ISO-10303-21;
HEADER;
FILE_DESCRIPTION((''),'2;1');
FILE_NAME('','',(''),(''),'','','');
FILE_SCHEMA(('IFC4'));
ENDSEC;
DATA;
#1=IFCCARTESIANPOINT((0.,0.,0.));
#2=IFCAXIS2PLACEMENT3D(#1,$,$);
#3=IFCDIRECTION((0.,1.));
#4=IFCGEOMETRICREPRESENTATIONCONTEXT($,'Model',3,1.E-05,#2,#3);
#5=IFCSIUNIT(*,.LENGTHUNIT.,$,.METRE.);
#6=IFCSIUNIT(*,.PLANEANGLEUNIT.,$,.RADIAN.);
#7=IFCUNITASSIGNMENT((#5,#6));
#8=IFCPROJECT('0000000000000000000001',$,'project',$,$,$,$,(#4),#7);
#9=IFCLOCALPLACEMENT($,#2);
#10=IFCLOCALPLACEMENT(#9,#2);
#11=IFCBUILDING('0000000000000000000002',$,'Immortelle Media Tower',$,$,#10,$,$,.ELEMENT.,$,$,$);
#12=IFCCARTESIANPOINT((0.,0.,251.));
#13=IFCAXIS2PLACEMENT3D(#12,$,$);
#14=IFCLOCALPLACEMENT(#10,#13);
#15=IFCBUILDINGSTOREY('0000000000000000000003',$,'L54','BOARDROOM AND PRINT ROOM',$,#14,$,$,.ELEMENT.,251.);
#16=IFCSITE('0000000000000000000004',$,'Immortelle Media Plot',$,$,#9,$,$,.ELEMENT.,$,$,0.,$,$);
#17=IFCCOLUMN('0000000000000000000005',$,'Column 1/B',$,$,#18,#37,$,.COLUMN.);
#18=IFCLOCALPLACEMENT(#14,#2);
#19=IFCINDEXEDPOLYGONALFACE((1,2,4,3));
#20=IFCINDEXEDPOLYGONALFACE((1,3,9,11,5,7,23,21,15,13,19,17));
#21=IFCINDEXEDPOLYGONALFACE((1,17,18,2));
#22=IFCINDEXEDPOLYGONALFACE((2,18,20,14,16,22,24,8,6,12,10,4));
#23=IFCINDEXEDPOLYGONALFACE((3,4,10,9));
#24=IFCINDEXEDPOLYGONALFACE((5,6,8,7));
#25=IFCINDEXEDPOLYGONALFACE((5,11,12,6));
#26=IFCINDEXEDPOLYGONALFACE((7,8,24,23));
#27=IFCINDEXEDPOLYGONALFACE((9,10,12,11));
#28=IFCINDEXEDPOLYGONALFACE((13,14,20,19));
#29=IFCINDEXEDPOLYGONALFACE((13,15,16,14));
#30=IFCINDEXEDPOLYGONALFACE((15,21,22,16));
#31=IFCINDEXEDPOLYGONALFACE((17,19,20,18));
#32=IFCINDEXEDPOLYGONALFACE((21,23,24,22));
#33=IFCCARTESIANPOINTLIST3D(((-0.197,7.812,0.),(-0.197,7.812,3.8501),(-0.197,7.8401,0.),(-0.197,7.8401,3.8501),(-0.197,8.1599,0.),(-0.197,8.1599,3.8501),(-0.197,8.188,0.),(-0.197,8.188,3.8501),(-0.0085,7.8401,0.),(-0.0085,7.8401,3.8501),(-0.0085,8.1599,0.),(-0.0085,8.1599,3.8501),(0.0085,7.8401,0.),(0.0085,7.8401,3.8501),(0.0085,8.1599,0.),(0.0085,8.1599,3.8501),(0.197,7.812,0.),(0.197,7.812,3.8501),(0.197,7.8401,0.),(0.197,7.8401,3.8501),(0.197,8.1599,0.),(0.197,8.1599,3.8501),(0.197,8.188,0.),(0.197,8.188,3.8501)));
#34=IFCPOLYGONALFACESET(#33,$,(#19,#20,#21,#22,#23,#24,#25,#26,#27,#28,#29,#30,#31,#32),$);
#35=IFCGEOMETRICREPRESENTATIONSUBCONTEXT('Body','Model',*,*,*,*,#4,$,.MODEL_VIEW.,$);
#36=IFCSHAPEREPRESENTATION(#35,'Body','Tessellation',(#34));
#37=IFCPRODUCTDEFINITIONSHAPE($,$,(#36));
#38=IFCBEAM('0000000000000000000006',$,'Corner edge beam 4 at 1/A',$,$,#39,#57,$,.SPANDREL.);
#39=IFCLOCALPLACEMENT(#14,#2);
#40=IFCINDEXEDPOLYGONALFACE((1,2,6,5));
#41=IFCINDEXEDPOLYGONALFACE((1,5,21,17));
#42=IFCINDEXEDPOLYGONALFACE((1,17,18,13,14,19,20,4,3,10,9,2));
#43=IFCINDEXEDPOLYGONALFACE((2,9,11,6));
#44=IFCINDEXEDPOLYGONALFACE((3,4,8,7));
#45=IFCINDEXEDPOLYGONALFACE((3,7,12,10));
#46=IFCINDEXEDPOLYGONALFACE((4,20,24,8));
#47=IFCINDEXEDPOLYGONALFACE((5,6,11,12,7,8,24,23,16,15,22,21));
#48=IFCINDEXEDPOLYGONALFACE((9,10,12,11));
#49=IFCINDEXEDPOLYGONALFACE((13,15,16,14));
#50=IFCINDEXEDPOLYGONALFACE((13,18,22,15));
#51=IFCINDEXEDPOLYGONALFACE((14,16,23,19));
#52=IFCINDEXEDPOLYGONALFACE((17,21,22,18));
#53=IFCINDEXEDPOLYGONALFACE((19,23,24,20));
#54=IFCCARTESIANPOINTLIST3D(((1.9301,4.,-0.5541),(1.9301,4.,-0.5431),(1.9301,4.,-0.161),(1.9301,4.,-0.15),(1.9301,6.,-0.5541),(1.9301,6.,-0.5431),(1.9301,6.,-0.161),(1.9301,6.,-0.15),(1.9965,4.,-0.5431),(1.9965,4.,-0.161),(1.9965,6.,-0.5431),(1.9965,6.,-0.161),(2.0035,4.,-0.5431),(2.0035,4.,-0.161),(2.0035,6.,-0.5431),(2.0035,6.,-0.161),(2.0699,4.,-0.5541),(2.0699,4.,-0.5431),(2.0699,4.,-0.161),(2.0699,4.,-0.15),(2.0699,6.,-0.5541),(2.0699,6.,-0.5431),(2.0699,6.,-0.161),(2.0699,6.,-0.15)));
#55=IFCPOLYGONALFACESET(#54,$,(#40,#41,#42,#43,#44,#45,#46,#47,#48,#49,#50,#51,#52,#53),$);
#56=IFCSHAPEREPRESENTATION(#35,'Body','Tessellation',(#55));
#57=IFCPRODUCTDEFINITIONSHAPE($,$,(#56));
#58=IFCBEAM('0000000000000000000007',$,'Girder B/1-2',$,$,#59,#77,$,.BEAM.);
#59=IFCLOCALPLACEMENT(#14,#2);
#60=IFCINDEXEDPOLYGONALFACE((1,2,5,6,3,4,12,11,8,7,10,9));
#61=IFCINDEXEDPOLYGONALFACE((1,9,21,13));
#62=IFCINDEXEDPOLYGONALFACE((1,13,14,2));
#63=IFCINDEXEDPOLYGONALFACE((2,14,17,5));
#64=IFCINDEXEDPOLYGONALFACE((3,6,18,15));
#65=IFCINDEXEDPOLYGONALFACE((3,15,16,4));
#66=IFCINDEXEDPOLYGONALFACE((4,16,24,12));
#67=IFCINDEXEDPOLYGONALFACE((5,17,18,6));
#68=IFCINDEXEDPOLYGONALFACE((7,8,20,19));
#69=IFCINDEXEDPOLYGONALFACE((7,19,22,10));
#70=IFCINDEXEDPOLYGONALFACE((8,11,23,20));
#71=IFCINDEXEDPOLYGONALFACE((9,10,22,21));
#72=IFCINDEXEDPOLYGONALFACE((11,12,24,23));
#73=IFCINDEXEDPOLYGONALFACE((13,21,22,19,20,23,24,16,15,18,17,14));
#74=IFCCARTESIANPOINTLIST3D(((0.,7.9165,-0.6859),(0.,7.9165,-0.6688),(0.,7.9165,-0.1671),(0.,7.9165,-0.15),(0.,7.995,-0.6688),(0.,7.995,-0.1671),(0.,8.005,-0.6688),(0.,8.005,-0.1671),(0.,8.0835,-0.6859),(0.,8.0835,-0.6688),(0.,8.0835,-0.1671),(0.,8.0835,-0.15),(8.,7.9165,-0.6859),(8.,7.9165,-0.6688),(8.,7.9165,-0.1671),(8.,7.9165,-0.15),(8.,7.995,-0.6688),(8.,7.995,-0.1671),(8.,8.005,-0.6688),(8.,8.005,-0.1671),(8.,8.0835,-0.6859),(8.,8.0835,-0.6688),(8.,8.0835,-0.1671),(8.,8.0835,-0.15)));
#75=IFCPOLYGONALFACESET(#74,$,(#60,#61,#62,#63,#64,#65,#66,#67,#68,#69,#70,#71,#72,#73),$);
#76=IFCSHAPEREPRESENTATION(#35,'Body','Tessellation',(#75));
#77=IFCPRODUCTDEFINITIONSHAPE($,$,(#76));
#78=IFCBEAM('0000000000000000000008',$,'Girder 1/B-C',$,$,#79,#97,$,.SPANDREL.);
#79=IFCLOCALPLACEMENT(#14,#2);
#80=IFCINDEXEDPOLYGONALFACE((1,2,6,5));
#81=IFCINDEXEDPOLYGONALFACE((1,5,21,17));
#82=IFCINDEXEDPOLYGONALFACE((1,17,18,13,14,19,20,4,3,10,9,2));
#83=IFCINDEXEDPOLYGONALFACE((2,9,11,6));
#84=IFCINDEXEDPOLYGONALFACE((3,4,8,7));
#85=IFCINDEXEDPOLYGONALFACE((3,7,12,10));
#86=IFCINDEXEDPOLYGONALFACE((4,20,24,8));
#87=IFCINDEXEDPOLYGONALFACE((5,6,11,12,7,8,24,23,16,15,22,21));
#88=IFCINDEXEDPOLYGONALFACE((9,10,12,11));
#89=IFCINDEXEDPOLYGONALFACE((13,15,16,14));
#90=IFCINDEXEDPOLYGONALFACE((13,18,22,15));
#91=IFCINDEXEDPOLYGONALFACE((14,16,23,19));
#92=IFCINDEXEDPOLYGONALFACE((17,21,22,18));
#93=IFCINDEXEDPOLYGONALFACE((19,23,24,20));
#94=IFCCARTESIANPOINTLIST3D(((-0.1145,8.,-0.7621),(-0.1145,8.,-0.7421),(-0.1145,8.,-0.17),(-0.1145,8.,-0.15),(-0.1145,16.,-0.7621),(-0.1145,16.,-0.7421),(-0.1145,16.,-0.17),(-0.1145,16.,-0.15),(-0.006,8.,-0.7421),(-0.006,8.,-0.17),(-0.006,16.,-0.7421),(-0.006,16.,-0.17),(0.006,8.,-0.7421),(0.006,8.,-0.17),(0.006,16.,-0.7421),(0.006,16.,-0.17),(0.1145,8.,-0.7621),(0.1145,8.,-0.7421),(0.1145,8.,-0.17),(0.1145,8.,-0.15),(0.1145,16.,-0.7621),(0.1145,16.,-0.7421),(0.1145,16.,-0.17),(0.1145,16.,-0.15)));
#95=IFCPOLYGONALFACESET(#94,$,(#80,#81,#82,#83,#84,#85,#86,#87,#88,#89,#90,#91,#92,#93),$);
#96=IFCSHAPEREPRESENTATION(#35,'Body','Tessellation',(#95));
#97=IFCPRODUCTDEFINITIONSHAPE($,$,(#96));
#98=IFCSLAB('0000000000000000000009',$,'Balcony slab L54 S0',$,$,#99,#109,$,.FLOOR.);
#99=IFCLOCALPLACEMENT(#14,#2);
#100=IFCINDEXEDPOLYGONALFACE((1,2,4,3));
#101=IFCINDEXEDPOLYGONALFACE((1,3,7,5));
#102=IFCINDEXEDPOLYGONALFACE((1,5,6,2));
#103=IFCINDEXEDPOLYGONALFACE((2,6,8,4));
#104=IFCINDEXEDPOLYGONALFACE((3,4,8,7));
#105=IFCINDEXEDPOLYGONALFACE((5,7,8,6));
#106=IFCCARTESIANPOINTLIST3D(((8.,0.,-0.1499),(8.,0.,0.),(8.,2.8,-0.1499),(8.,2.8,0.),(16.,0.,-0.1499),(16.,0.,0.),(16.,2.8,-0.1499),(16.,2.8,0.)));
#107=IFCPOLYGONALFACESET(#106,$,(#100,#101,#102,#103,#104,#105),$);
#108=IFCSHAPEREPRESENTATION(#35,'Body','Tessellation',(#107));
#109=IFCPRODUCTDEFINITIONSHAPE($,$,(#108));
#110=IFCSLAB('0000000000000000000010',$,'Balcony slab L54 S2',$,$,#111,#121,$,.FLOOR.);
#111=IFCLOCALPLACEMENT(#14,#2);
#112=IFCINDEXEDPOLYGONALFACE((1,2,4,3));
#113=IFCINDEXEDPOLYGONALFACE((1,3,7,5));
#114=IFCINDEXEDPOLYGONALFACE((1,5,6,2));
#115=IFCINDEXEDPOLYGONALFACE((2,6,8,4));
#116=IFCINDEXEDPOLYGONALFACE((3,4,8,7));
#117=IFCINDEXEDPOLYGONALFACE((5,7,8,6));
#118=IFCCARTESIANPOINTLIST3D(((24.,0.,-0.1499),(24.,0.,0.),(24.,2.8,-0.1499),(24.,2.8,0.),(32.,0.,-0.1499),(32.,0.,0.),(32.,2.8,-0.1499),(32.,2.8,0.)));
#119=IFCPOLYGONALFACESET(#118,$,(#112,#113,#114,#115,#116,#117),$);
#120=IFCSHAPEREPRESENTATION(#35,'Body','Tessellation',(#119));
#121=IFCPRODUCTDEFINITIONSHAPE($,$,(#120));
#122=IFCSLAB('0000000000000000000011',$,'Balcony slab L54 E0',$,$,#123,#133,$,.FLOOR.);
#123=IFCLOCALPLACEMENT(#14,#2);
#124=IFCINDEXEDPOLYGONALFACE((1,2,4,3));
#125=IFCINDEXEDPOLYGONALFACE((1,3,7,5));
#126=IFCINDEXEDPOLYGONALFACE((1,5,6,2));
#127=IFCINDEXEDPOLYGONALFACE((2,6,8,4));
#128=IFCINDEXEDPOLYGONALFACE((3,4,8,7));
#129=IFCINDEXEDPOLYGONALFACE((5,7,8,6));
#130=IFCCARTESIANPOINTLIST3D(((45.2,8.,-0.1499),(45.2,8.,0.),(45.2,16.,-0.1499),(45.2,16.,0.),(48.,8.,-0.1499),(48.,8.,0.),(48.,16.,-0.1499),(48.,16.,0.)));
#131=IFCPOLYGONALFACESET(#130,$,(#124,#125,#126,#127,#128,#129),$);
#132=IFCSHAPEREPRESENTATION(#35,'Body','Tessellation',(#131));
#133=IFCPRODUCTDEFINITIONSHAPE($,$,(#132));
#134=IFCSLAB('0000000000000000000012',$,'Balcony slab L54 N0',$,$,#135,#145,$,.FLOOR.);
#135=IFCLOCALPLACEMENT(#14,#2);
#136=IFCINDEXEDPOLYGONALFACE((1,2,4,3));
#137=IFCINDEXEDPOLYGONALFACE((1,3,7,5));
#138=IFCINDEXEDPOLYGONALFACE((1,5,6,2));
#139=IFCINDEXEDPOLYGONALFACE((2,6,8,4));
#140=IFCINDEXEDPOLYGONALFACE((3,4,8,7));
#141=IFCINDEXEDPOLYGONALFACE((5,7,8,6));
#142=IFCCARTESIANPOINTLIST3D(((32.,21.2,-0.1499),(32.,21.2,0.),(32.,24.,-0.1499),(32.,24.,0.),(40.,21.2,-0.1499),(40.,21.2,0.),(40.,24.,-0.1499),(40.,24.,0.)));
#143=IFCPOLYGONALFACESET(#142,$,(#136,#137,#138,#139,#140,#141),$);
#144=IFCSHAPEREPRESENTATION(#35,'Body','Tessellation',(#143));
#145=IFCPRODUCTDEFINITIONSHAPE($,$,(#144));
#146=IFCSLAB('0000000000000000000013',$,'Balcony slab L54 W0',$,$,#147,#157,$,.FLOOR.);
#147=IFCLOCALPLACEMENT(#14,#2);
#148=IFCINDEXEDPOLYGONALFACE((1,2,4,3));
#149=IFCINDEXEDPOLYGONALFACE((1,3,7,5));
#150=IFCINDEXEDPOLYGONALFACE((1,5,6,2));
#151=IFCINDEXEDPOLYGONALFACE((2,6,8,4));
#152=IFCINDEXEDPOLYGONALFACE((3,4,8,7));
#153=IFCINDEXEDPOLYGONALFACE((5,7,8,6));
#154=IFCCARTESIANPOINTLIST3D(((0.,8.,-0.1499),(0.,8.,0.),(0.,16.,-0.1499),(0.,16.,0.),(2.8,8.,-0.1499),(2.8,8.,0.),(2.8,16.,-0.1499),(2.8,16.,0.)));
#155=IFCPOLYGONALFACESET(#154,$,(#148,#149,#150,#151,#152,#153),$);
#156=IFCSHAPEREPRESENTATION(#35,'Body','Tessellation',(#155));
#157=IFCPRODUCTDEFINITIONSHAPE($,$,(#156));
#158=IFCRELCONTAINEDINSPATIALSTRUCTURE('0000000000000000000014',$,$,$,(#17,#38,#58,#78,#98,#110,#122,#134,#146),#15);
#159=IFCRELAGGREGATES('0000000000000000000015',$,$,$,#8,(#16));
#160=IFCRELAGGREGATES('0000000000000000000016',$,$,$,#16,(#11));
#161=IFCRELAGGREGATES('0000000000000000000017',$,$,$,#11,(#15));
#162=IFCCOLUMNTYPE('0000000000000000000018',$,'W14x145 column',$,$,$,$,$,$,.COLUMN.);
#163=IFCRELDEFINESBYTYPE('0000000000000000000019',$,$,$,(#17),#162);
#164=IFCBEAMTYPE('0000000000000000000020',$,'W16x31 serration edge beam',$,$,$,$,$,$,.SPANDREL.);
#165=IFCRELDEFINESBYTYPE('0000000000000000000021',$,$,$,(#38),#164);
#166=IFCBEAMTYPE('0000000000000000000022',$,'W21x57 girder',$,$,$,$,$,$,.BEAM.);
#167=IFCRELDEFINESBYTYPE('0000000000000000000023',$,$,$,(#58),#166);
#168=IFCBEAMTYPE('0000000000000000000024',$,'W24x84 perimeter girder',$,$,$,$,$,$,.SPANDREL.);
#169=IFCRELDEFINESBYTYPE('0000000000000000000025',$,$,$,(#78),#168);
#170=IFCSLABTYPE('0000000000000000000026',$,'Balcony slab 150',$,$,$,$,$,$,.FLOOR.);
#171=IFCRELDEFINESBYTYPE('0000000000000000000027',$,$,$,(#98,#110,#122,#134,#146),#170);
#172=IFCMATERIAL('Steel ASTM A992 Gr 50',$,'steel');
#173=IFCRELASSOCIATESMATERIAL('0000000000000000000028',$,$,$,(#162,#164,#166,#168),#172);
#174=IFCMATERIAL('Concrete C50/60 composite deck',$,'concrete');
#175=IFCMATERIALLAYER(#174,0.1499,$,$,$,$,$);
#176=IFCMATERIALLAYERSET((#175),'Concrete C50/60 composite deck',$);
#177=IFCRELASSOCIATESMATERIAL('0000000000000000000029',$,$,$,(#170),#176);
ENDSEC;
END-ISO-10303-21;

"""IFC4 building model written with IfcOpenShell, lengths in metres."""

from ifc_helpers import new_model, si_unit, direction, frame, origin, origin_2d, place, context, subcontext, project, spatial, polyline, i_section, outline, extrude, material, layer, layer_set, material_profile, profile_set, type_object, element, save


model = new_model("IFC4")

# Units and contexts
model_context = context("Model", 3, precision=1e-05, world=origin(), true_north=direction((0.0, 1.0)))
body_context = subcontext(model_context, "Body", "Model", "MODEL_VIEW")
ifc_project = project(units=[si_unit("LENGTHUNIT", "METRE"), si_unit("PLANEANGLEUNIT", "RADIAN")], contexts=[model_context])

# Site, building, storey
site_placement = place(None, origin())
site = spatial("IfcSite", under=ifc_project, at=site_placement, Name="Immortelle Media Plot", CompositionType="ELEMENT", RefElevation=0.0)
building_placement = place(site_placement, origin())
building = spatial("IfcBuilding", under=site, at=building_placement, Name="Immortelle Media Tower", CompositionType="ELEMENT")
storey_placement = place(building_placement, frame((0.0, 0.0, 251.0)))
storey = spatial("IfcBuildingStorey", under=building, at=storey_placement, Name="L54", Description="BOARDROOM AND PRINT ROOM", CompositionType="ELEMENT", Elevation=251.0)

# Column
ifc_material_1 = material(Name="Steel ASTM A992 Gr 50", Category="steel")
ifc_material_profile_1 = material_profile(ifc_material_1, i_section(OverallWidth=0.394, OverallDepth=0.376, WebThickness=0.0171, FlangeThickness=0.0281, at=origin_2d()), Name="W14x145")
ifc_profile_set_1 = profile_set([ifc_material_profile_1], Name="Steel ASTM A992 Gr 50")
column_type = type_object("IfcColumnType", Name="W14x145 column", PredefinedType="COLUMN", material=ifc_profile_set_1)
column_placement = place(storey_placement, frame((0.0, 8.0, 0.0), z_axis=(0.0, 0.0, 1.0), x_axis=(1.0, 0.0, 0.0)))
element("IfcColumn", 1, at=column_placement, inside=storey, type_object=column_type, Name="Column 1/B", PredefinedType="COLUMN", context=body_context, shape_type="SweptSolid", body=[
    extrude(i_section(OverallWidth=0.394, OverallDepth=0.376, WebThickness=0.0171, FlangeThickness=0.0281, at=origin_2d()), origin(), (0.0, 0.0, 1.0), 3.8501),
])

# Beams
ifc_material_profile_2 = material_profile(ifc_material_1, i_section(OverallWidth=0.1399, OverallDepth=0.4041, WebThickness=0.0071, FlangeThickness=0.011, at=origin_2d()), Name="W16x31")
ifc_profile_set_2 = profile_set([ifc_material_profile_2], Name="Steel ASTM A992 Gr 50")
beam_type_1 = type_object("IfcBeamType", Name="W16x31 serration edge beam", PredefinedType="SPANDREL", material=ifc_profile_set_2)
beam_1_placement = place(storey_placement, frame((2.0, 4.0, -0.3521), z_axis=(0.0, 1.0, 0.0), x_axis=(-1.0, 0.0, 0.0)))
element("IfcBeam", 2, at=beam_1_placement, inside=storey, type_object=beam_type_1, Name="Corner edge beam 4 at 1/A", PredefinedType="SPANDREL", context=body_context, shape_type="SweptSolid", body=[
    extrude(i_section(OverallWidth=0.1399, OverallDepth=0.4041, WebThickness=0.0071, FlangeThickness=0.011, at=origin_2d()), origin(), (0.0, 0.0, 1.0), 2.0),
])
ifc_material_profile_3 = material_profile(ifc_material_1, i_section(OverallWidth=0.167, OverallDepth=0.5359, WebThickness=0.01, FlangeThickness=0.0171, at=origin_2d()), Name="W21x57")
ifc_profile_set_3 = profile_set([ifc_material_profile_3], Name="Steel ASTM A992 Gr 50")
beam_type_2 = type_object("IfcBeamType", Name="W21x57 girder", PredefinedType="BEAM", material=ifc_profile_set_3)
beam_2_placement = place(storey_placement, frame((0.0, 8.0, -0.418), z_axis=(1.0, 0.0, 0.0), x_axis=(0.0, 1.0, 0.0)))
element("IfcBeam", 3, at=beam_2_placement, inside=storey, type_object=beam_type_2, Name="Girder B/1-2", PredefinedType="BEAM", context=body_context, shape_type="SweptSolid", body=[
    extrude(i_section(OverallWidth=0.167, OverallDepth=0.5359, WebThickness=0.01, FlangeThickness=0.0171, at=origin_2d()), origin(), (0.0, 0.0, 1.0), 8.0),
])
ifc_material_profile_4 = material_profile(ifc_material_1, i_section(OverallWidth=0.229, OverallDepth=0.6121, WebThickness=0.012, FlangeThickness=0.02, at=origin_2d()), Name="W24x84")
ifc_profile_set_4 = profile_set([ifc_material_profile_4], Name="Steel ASTM A992 Gr 50")
beam_type_3 = type_object("IfcBeamType", Name="W24x84 perimeter girder", PredefinedType="SPANDREL", material=ifc_profile_set_4)
beam_3_placement = place(storey_placement, frame((0.0, 8.0, -0.4561), z_axis=(0.0, 1.0, 0.0), x_axis=(-1.0, 0.0, 0.0)))
element("IfcBeam", 4, at=beam_3_placement, inside=storey, type_object=beam_type_3, Name="Girder 1/B-C", PredefinedType="SPANDREL", context=body_context, shape_type="SweptSolid", body=[
    extrude(i_section(OverallWidth=0.229, OverallDepth=0.6121, WebThickness=0.012, FlangeThickness=0.02, at=origin_2d()), origin(), (0.0, 0.0, 1.0), 8.0),
])

# Slabs
ifc_material_2 = material(Name="Concrete C50/60 composite deck", Category="concrete")
ifc_layer_1 = layer(ifc_material_2, 0.1499)
ifc_layer_set_1 = layer_set([ifc_layer_1], Name="Concrete C50/60 composite deck")
slab_type_1 = type_object("IfcSlabType", Name="Balcony slab 150", PredefinedType="FLOOR", material=ifc_layer_set_1)
slab_1_placement = place(storey_placement, frame((0.0, 0.0, -0.1499)))
element("IfcSlab", 5, at=slab_1_placement, inside=storey, type_object=slab_type_1, Name="Balcony slab L54 S0", PredefinedType="FLOOR", context=body_context, shape_type="SweptSolid", body=[
    extrude(outline(polyline([(16.0, 0.0), (16.0, 2.8), (8.0, 2.8), (8.0, 0.0), (16.0, 0.0)])), origin(), (0.0, 0.0, 1.0), 0.1499),
])
slab_2_placement = place(storey_placement, frame((0.0, 0.0, -0.1499)))
element("IfcSlab", 6, at=slab_2_placement, inside=storey, type_object=slab_type_1, Name="Balcony slab L54 S2", PredefinedType="FLOOR", context=body_context, shape_type="SweptSolid", body=[
    extrude(outline(polyline([(32.0, 0.0), (32.0, 2.8), (24.0, 2.8), (24.0, 0.0), (32.0, 0.0)])), origin(), (0.0, 0.0, 1.0), 0.1499),
])
slab_3_placement = place(storey_placement, frame((0.0, 0.0, -0.1499)))
element("IfcSlab", 7, at=slab_3_placement, inside=storey, type_object=slab_type_1, Name="Balcony slab L54 E0", PredefinedType="FLOOR", context=body_context, shape_type="SweptSolid", body=[
    extrude(outline(polyline([(48.0, 8.0), (48.0, 16.0), (45.2, 16.0), (45.2, 8.0), (48.0, 8.0)])), origin(), (0.0, 0.0, 1.0), 0.1499),
])
slab_4_placement = place(storey_placement, frame((0.0, 0.0, -0.1499)))
element("IfcSlab", 8, at=slab_4_placement, inside=storey, type_object=slab_type_1, Name="Balcony slab L54 N0", PredefinedType="FLOOR", context=body_context, shape_type="SweptSolid", body=[
    extrude(outline(polyline([(40.0, 21.2), (40.0, 24.0), (32.0, 24.0), (32.0, 21.2), (40.0, 21.2)])), origin(), (0.0, 0.0, 1.0), 0.1499),
])
slab_5_placement = place(storey_placement, frame((0.0, 0.0, -0.1499)))
element("IfcSlab", 9, at=slab_5_placement, inside=storey, type_object=slab_type_1, Name="Balcony slab L54 W0", PredefinedType="FLOOR", context=body_context, shape_type="SweptSolid", body=[
    extrude(outline(polyline([(2.8, 8.0), (2.8, 16.0), (0.0, 16.0), (0.0, 8.0), (2.8, 8.0)])), origin(), (0.0, 0.0, 1.0), 0.1499),
])

save(model, "model.ifc")
